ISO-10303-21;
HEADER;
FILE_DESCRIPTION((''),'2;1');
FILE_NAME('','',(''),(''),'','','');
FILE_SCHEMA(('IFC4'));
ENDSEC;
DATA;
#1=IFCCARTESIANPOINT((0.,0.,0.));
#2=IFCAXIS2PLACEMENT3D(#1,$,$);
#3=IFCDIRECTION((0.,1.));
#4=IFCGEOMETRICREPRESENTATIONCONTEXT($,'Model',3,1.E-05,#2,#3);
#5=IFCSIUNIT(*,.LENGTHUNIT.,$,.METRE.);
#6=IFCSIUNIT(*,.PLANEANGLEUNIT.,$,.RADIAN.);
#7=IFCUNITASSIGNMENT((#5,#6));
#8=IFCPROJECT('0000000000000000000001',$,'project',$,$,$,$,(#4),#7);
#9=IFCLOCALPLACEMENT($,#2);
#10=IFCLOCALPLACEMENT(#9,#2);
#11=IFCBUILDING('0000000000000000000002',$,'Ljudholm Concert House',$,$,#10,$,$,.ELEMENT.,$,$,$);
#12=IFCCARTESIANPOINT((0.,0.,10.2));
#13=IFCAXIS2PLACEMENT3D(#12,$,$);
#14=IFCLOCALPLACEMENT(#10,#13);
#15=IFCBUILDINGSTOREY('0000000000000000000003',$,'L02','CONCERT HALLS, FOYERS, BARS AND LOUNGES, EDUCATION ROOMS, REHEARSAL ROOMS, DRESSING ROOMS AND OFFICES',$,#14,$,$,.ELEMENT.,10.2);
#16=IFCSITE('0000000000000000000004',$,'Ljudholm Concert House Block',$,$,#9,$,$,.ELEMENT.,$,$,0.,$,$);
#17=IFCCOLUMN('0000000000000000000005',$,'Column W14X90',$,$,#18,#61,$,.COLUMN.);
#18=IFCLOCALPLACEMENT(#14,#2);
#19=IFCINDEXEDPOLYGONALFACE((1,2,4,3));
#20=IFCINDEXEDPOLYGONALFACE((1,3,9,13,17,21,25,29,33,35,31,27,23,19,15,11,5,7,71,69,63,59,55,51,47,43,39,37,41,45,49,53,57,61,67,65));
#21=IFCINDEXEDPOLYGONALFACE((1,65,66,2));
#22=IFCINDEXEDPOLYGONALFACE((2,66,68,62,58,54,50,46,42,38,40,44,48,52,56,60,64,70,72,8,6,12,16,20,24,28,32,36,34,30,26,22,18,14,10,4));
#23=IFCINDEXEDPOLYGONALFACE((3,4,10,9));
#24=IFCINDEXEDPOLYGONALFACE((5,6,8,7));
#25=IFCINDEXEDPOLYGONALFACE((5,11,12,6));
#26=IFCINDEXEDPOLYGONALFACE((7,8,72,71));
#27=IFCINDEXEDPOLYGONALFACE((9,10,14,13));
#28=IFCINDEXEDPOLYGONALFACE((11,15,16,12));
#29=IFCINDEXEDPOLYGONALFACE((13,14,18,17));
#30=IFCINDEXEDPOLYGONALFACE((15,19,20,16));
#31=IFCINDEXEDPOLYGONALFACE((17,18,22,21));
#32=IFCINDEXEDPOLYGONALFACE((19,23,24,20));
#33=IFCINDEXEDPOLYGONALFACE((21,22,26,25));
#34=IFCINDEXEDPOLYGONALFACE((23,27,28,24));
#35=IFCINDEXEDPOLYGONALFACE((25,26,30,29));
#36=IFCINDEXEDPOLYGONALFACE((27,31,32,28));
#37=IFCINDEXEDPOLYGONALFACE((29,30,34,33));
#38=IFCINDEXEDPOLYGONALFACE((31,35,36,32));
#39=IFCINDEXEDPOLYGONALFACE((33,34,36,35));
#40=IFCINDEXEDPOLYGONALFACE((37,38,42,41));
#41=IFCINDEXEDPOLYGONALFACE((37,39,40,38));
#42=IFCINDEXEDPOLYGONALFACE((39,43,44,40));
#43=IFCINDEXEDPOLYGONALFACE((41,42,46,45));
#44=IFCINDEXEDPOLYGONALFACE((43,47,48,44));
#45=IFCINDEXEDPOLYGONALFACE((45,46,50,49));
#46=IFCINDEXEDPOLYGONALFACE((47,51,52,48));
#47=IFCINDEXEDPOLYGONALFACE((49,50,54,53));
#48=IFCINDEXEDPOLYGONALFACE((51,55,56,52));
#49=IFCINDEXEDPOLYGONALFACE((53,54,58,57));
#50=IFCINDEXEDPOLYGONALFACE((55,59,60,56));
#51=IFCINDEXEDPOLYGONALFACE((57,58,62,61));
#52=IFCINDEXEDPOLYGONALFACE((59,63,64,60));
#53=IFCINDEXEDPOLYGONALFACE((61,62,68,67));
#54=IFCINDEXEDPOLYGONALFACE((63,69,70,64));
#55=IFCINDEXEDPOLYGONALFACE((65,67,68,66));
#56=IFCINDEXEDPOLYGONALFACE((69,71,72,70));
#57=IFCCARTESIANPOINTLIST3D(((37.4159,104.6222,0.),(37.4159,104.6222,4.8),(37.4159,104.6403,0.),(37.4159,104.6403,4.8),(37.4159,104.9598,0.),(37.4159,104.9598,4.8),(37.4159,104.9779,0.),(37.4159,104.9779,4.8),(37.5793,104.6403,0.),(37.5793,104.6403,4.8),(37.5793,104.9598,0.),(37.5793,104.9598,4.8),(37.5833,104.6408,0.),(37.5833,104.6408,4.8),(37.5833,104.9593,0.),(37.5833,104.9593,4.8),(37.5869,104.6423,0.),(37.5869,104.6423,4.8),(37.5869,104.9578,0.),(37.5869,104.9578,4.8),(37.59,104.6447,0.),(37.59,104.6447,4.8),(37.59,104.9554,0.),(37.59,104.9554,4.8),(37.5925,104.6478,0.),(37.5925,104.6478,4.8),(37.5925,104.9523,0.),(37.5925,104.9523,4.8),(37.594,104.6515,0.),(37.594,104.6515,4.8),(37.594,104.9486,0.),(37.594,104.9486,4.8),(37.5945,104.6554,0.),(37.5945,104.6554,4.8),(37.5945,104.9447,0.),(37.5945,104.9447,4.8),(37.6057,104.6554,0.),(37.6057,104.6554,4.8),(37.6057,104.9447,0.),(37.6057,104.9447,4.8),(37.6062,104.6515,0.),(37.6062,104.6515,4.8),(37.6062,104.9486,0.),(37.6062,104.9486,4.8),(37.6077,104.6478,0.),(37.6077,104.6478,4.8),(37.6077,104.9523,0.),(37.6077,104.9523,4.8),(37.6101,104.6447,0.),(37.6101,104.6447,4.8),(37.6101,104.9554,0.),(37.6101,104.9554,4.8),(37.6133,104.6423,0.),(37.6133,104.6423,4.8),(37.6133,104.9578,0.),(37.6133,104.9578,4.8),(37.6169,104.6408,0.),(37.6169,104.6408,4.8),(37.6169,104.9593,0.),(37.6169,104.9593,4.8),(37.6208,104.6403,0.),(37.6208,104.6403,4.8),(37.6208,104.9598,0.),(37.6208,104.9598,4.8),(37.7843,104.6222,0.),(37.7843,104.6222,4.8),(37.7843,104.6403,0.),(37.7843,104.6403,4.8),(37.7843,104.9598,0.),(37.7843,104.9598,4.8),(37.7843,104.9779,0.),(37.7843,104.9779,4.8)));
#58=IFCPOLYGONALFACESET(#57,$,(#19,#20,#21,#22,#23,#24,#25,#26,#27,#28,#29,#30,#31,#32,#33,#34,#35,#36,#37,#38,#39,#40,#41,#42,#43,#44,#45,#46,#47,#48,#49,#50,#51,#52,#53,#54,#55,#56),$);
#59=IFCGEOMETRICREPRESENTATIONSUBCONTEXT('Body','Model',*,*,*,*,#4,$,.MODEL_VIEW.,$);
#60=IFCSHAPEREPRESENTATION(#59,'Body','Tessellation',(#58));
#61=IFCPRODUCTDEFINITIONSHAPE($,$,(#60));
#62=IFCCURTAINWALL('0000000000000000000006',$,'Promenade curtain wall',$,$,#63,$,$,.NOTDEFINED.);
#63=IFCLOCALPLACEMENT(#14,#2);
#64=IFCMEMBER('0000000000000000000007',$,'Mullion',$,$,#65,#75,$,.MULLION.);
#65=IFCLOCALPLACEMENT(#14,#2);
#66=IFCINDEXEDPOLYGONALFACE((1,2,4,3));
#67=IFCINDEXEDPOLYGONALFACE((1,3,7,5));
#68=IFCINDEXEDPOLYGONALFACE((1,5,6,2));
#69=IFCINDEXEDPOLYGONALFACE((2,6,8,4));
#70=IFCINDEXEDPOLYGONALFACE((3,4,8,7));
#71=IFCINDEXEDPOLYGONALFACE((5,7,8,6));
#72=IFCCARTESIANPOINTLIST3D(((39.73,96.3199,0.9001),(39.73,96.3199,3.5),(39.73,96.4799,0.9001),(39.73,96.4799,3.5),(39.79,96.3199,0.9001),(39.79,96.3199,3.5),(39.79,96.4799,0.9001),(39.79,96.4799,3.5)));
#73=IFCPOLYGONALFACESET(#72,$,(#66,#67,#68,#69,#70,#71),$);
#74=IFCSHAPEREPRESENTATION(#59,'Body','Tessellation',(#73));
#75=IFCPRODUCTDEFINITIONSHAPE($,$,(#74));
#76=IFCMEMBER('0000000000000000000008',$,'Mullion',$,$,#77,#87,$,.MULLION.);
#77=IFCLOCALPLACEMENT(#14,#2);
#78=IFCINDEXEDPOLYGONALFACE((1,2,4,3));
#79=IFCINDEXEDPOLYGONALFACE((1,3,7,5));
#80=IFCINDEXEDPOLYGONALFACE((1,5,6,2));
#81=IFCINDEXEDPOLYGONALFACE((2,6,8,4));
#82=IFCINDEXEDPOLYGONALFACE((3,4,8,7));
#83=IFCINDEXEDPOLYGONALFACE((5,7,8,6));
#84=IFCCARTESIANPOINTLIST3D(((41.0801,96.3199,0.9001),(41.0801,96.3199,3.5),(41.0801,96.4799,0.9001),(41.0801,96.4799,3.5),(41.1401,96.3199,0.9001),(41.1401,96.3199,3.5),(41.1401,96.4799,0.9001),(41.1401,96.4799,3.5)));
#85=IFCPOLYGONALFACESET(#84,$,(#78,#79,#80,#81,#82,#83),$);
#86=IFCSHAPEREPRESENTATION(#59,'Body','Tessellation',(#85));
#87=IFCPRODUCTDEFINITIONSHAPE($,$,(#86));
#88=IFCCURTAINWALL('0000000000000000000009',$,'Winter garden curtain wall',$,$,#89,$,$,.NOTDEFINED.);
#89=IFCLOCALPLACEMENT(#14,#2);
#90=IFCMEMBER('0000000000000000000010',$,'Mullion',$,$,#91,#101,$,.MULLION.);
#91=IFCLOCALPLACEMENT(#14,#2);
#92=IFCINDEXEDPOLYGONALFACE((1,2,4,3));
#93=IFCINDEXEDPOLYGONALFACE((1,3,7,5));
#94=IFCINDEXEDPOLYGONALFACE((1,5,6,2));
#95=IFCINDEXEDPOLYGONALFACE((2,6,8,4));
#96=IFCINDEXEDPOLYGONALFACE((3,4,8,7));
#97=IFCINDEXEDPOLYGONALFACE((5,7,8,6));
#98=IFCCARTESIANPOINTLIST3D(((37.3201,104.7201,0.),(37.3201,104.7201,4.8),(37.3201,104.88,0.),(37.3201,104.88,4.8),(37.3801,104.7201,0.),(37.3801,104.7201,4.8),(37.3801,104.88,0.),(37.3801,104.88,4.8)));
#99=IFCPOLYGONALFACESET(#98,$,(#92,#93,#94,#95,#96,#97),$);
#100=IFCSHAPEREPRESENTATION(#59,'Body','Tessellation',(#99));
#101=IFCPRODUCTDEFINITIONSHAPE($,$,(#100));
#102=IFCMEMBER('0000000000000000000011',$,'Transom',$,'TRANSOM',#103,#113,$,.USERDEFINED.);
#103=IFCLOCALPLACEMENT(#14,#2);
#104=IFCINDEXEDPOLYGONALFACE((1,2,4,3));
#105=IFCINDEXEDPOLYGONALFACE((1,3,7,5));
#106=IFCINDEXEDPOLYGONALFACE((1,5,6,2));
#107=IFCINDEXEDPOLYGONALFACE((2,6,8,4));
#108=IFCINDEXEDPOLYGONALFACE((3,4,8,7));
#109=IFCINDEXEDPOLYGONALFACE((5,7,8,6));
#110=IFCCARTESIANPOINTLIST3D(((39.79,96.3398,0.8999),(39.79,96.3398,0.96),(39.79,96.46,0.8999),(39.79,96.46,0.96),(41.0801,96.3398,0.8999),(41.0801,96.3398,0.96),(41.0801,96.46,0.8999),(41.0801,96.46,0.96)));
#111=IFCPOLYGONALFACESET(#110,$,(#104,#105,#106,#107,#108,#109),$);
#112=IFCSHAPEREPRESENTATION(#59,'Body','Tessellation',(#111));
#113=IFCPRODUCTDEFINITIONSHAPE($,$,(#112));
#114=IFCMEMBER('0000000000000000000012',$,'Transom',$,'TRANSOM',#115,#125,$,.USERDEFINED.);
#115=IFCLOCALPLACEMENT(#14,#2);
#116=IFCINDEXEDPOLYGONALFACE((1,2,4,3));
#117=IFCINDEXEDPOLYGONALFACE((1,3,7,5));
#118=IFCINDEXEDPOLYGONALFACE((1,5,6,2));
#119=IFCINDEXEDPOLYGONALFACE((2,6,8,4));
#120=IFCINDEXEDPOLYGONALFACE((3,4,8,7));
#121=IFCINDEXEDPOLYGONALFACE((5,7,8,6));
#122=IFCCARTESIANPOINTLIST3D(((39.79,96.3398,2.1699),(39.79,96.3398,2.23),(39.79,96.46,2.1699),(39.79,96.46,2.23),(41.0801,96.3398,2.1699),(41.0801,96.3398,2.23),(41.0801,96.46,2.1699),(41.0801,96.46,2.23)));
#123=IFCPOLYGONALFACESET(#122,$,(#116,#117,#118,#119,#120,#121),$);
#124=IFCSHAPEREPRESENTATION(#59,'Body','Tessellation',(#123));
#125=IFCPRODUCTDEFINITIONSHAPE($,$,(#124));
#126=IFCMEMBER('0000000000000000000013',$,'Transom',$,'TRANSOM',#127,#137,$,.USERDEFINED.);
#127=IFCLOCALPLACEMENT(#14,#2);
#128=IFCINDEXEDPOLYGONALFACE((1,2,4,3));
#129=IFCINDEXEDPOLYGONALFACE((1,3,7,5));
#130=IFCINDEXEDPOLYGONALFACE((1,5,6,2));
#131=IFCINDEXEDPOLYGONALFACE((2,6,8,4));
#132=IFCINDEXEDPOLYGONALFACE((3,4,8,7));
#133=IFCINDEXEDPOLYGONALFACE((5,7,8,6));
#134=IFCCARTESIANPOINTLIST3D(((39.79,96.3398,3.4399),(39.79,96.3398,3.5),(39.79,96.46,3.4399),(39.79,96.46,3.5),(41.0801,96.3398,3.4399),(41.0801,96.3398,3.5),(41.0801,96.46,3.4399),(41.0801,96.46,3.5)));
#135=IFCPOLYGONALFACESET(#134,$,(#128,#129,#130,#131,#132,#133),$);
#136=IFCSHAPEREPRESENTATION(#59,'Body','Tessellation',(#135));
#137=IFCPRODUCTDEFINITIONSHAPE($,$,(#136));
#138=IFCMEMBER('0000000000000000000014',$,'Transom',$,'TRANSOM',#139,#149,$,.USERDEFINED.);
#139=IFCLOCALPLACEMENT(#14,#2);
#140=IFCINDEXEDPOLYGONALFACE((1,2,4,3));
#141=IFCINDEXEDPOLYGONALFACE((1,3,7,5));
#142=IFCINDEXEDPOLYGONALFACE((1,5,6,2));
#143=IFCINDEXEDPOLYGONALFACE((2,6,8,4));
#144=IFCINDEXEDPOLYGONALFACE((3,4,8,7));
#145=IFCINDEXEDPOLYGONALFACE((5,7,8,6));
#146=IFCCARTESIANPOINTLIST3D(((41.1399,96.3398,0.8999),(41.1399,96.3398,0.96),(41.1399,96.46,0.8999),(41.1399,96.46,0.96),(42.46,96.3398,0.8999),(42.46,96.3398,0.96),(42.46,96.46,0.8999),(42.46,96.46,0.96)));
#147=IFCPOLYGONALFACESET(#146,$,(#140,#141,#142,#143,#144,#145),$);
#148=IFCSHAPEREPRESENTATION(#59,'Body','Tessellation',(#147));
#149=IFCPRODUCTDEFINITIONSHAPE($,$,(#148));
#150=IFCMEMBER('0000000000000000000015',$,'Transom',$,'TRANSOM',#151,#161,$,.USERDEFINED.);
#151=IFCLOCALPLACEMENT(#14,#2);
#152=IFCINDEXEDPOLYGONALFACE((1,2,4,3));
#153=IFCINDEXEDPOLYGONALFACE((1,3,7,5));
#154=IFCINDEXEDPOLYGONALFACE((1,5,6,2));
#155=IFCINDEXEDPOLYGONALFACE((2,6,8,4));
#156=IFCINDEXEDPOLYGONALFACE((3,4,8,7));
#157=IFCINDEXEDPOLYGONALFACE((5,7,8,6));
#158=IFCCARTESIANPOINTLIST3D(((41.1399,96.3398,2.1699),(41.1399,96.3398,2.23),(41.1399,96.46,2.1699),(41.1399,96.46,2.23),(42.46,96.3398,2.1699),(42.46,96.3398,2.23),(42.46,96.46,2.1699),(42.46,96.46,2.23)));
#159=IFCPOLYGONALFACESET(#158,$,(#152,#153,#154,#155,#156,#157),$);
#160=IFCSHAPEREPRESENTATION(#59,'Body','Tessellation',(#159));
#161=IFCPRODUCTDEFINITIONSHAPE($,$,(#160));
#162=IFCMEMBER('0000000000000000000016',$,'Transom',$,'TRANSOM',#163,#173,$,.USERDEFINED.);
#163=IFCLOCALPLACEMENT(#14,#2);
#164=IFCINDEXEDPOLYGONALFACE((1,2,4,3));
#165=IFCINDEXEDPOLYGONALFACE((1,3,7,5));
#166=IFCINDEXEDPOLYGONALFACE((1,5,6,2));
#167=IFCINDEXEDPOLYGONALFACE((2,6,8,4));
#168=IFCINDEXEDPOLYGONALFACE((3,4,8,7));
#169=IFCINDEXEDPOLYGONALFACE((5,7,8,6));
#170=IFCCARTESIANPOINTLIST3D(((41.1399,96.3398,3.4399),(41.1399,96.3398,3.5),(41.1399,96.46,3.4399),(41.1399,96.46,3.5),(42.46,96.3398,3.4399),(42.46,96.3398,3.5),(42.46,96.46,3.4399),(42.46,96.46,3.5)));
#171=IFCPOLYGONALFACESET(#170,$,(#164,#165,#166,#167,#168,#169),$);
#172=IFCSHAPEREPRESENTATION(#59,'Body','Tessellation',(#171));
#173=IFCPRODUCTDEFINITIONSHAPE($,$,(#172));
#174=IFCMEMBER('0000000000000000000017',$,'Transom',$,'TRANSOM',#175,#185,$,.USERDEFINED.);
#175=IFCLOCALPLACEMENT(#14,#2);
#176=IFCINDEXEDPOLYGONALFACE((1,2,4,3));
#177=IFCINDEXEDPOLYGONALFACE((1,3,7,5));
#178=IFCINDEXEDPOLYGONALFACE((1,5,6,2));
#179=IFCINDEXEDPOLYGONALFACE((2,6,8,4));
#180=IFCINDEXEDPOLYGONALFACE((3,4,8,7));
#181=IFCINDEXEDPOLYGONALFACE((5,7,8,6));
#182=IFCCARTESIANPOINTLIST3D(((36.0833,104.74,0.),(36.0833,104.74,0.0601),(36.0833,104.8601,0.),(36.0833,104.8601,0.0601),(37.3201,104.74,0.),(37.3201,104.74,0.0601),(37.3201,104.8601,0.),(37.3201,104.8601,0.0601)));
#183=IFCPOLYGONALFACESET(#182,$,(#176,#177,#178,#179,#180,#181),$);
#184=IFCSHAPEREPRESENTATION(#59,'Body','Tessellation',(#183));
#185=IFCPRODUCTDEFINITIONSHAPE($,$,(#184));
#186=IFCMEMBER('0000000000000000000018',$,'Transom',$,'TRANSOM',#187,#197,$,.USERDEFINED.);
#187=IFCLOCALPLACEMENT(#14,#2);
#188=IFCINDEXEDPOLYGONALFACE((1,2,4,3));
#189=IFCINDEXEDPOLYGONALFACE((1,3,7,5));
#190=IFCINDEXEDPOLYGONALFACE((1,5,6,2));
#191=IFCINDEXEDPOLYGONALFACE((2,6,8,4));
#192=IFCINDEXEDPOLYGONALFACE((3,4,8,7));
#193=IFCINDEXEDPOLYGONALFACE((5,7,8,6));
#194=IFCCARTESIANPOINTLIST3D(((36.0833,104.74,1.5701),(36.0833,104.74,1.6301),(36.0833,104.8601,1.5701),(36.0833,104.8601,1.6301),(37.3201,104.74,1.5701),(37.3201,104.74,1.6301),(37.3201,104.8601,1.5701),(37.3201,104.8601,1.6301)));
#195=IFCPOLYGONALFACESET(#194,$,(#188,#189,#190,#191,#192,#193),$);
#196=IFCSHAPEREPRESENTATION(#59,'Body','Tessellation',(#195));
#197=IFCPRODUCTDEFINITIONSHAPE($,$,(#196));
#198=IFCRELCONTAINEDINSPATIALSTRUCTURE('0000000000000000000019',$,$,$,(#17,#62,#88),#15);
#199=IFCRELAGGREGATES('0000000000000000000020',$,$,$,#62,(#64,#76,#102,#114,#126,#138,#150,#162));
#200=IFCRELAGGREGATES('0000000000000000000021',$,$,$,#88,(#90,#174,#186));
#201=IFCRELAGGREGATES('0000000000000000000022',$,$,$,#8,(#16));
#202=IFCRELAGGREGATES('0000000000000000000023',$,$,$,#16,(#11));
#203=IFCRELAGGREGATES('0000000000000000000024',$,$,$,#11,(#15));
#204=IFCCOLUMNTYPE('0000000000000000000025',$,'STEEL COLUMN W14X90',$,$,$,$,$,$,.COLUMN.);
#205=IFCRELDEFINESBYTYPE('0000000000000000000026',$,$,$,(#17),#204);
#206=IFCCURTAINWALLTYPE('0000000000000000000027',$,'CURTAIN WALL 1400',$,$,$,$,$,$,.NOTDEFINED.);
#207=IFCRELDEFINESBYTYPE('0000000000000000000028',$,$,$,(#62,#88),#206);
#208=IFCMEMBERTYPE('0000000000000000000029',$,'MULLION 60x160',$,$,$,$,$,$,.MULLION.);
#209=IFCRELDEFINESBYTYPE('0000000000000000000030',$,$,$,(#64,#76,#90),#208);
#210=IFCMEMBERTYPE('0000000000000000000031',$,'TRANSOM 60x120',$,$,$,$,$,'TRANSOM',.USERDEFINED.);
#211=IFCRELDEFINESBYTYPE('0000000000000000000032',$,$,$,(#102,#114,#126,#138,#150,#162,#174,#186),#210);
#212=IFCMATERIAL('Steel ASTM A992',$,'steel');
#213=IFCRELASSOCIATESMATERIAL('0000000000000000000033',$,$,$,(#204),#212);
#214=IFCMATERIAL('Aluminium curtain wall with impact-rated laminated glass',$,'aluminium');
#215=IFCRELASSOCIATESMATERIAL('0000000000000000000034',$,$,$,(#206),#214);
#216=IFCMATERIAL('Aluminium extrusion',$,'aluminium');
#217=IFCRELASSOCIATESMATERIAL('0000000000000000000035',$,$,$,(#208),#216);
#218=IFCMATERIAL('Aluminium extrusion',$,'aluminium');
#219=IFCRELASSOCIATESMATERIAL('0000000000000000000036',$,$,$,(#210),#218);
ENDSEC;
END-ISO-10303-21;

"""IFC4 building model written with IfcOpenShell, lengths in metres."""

from ifc_helpers import new_model, si_unit, direction, frame, origin, origin_2d, place, context, subcontext, project, spatial, rectangle, i_section, extrude, material, material_profile, profile_set, type_object, element, aggregate, save


model = new_model("IFC4")

# Units and contexts
model_context = context("Model", 3, precision=1e-05, world=origin(), true_north=direction((0.0, 1.0)))
body_context = subcontext(model_context, "Body", "Model", "MODEL_VIEW")
ifc_project = project(units=[si_unit("LENGTHUNIT", "METRE"), si_unit("PLANEANGLEUNIT", "RADIAN")], contexts=[model_context])

# Site, building, storey
site_placement = place(None, origin())
site = spatial("IfcSite", under=ifc_project, at=site_placement, Name="Ljudholm Concert House Block", CompositionType="ELEMENT", RefElevation=0.0)
building_placement = place(site_placement, origin())
building = spatial("IfcBuilding", under=site, at=building_placement, Name="Ljudholm Concert House", CompositionType="ELEMENT")
storey_placement = place(building_placement, frame((0.0, 0.0, 10.2)))
storey = spatial("IfcBuildingStorey", under=building, at=storey_placement, Name="L02", Description="CONCERT HALLS, FOYERS, BARS AND LOUNGES, EDUCATION ROOMS, REHEARSAL ROOMS, DRESSING ROOMS AND OFFICES", CompositionType="ELEMENT", Elevation=10.2)

# Column
ifc_material_1 = material(Name="Steel ASTM A992", Category="steel")
ifc_material_profile_1 = material_profile(ifc_material_1, i_section(OverallWidth=0.3684, OverallDepth=0.3557, WebThickness=0.0112, FlangeThickness=0.0181, FilletRadius=0.0151, at=origin_2d()), Name="W14X90")
ifc_profile_set_1 = profile_set([ifc_material_profile_1], Name="Steel ASTM A992")
column_type = type_object("IfcColumnType", Name="STEEL COLUMN W14X90", PredefinedType="COLUMN", material=ifc_profile_set_1)
column_placement = place(storey_placement, frame((37.6001, 104.8, 0.0), z_axis=(0.0, 0.0, 1.0), x_axis=(1.0, 0.0, 0.0)))
element("IfcColumn", 1, at=column_placement, inside=storey, type_object=column_type, Name="Column W14X90", PredefinedType="COLUMN", context=body_context, shape_type="SweptSolid", body=[
    extrude(i_section(OverallWidth=0.3684, OverallDepth=0.3557, WebThickness=0.0112, FlangeThickness=0.0181, FilletRadius=0.0151, at=origin_2d()), origin(), (0.0, 0.0, 1.0), 4.8),
])

# Curtain wall, members
ifc_material_2 = material(Name="Aluminium curtain wall with impact-rated laminated glass", Category="aluminium")
curtain_wall_type = type_object("IfcCurtainWallType", Name="CURTAIN WALL 1400", PredefinedType="NOTDEFINED", material=ifc_material_2)
curtain_wall_1_placement = place(storey_placement, origin())
curtain_wall_1 = element("IfcCurtainWall", 2, at=curtain_wall_1_placement, inside=storey, type_object=curtain_wall_type, Name="Promenade curtain wall", PredefinedType="NOTDEFINED")
ifc_material_3 = material(Name="Aluminium extrusion", Category="aluminium")
ifc_material_profile_2 = material_profile(ifc_material_3, rectangle(XDim=0.1599, YDim=0.0601, at=origin_2d()), Name="MULLION 60x160")
ifc_profile_set_2 = profile_set([ifc_material_profile_2], Name="Aluminium extrusion")
member_type_1 = type_object("IfcMemberType", Name="MULLION 60x160", PredefinedType="MULLION", material=ifc_profile_set_2)
member_1_placement = place(storey_placement, frame((39.76, 96.3999, 0.9001), z_axis=(0.0, 0.0, 1.0), x_axis=(0.0, 1.0, 0.0)))
member_1 = element("IfcMember", 3, at=member_1_placement, type_object=member_type_1, Name="Mullion", PredefinedType="MULLION", context=body_context, shape_type="SweptSolid", body=[
    extrude(rectangle(XDim=0.1599, YDim=0.0601, at=origin_2d()), origin(), (0.0, 0.0, 1.0), 2.5999),
])
member_2_placement = place(storey_placement, frame((41.1101, 96.3999, 0.9001), z_axis=(0.0, 0.0, 1.0), x_axis=(0.0, 1.0, 0.0)))
member_2 = element("IfcMember", 4, at=member_2_placement, type_object=member_type_1, Name="Mullion", PredefinedType="MULLION", context=body_context, shape_type="SweptSolid", body=[
    extrude(rectangle(XDim=0.1599, YDim=0.0601, at=origin_2d()), origin(), (0.0, 0.0, 1.0), 2.5999),
])

# Curtain wall, member
curtain_wall_2_placement = place(storey_placement, origin())
curtain_wall_2 = element("IfcCurtainWall", 5, at=curtain_wall_2_placement, inside=storey, type_object=curtain_wall_type, Name="Winter garden curtain wall", PredefinedType="NOTDEFINED")
member_3_placement = place(storey_placement, frame((37.3501, 104.8, 0.0), z_axis=(0.0, 0.0, 1.0), x_axis=(0.0, 1.0, 0.0)))
member_3 = element("IfcMember", 6, at=member_3_placement, type_object=member_type_1, Name="Mullion", PredefinedType="MULLION", context=body_context, shape_type="SweptSolid", body=[
    extrude(rectangle(XDim=0.1599, YDim=0.0601, at=origin_2d()), origin(), (0.0, 0.0, 1.0), 4.8),
])

# Members
ifc_material_4 = material(Name="Aluminium extrusion", Category="aluminium")
ifc_material_profile_3 = material_profile(ifc_material_4, rectangle(XDim=0.1201, YDim=0.0601, at=origin_2d()), Name="TRANSOM 60x120")
ifc_profile_set_3 = profile_set([ifc_material_profile_3], Name="Aluminium extrusion")
member_type_2 = type_object("IfcMemberType", Name="TRANSOM 60x120", ElementType="TRANSOM", PredefinedType="USERDEFINED", material=ifc_profile_set_3)
member_4_placement = place(storey_placement, frame((39.79, 96.3999, 0.9299), z_axis=(1.0, 0.0, 0.0), x_axis=(0.0, 1.0, 0.0)))
member_4 = element("IfcMember", 7, at=member_4_placement, type_object=member_type_2, Name="Transom", ObjectType="TRANSOM", PredefinedType="USERDEFINED", context=body_context, shape_type="SweptSolid", body=[
    extrude(rectangle(XDim=0.1201, YDim=0.0601, at=origin_2d()), origin(), (0.0, 0.0, 1.0), 1.29),
])
member_5_placement = place(storey_placement, frame((39.79, 96.3999, 2.2), z_axis=(1.0, 0.0, 0.0), x_axis=(0.0, 1.0, 0.0)))
member_5 = element("IfcMember", 8, at=member_5_placement, type_object=member_type_2, Name="Transom", ObjectType="TRANSOM", PredefinedType="USERDEFINED", context=body_context, shape_type="SweptSolid", body=[
    extrude(rectangle(XDim=0.1201, YDim=0.0601, at=origin_2d()), origin(), (0.0, 0.0, 1.0), 1.29),
])
member_6_placement = place(storey_placement, frame((39.79, 96.3999, 3.47), z_axis=(1.0, 0.0, 0.0), x_axis=(0.0, 1.0, 0.0)))
member_6 = element("IfcMember", 9, at=member_6_placement, type_object=member_type_2, Name="Transom", ObjectType="TRANSOM", PredefinedType="USERDEFINED", context=body_context, shape_type="SweptSolid", body=[
    extrude(rectangle(XDim=0.1201, YDim=0.0601, at=origin_2d()), origin(), (0.0, 0.0, 1.0), 1.29),
])
member_7_placement = place(storey_placement, frame((41.1399, 96.3999, 0.9299), z_axis=(1.0, 0.0, 0.0), x_axis=(0.0, 1.0, 0.0)))
member_7 = element("IfcMember", 10, at=member_7_placement, type_object=member_type_2, Name="Transom", ObjectType="TRANSOM", PredefinedType="USERDEFINED", context=body_context, shape_type="SweptSolid", body=[
    extrude(rectangle(XDim=0.1201, YDim=0.0601, at=origin_2d()), origin(), (0.0, 0.0, 1.0), 1.3201),
])
member_8_placement = place(storey_placement, frame((41.1399, 96.3999, 2.2), z_axis=(1.0, 0.0, 0.0), x_axis=(0.0, 1.0, 0.0)))
member_8 = element("IfcMember", 11, at=member_8_placement, type_object=member_type_2, Name="Transom", ObjectType="TRANSOM", PredefinedType="USERDEFINED", context=body_context, shape_type="SweptSolid", body=[
    extrude(rectangle(XDim=0.1201, YDim=0.0601, at=origin_2d()), origin(), (0.0, 0.0, 1.0), 1.3201),
])
member_9_placement = place(storey_placement, frame((41.1399, 96.3999, 3.47), z_axis=(1.0, 0.0, 0.0), x_axis=(0.0, 1.0, 0.0)))
member_9 = element("IfcMember", 12, at=member_9_placement, type_object=member_type_2, Name="Transom", ObjectType="TRANSOM", PredefinedType="USERDEFINED", context=body_context, shape_type="SweptSolid", body=[
    extrude(rectangle(XDim=0.1201, YDim=0.0601, at=origin_2d()), origin(), (0.0, 0.0, 1.0), 1.3201),
])
member_10_placement = place(storey_placement, frame((36.0833, 104.8, 0.03), z_axis=(1.0, 0.0, 0.0), x_axis=(0.0, 1.0, 0.0)))
member_10 = element("IfcMember", 13, at=member_10_placement, type_object=member_type_2, Name="Transom", ObjectType="TRANSOM", PredefinedType="USERDEFINED", context=body_context, shape_type="SweptSolid", body=[
    extrude(rectangle(XDim=0.1201, YDim=0.0601, at=origin_2d()), origin(), (0.0, 0.0, 1.0), 1.2368),
])
member_11_placement = place(storey_placement, frame((36.0833, 104.8, 1.6001), z_axis=(1.0, 0.0, 0.0), x_axis=(0.0, 1.0, 0.0)))
member_11 = element("IfcMember", 14, at=member_11_placement, type_object=member_type_2, Name="Transom", ObjectType="TRANSOM", PredefinedType="USERDEFINED", context=body_context, shape_type="SweptSolid", body=[
    extrude(rectangle(XDim=0.1201, YDim=0.0601, at=origin_2d()), origin(), (0.0, 0.0, 1.0), 1.2368),
])

aggregate(curtain_wall_1, [member_1, member_2, member_4, member_5, member_6, member_7, member_8, member_9])
aggregate(curtain_wall_2, [member_3, member_10, member_11])

save(model, "model.ifc")
